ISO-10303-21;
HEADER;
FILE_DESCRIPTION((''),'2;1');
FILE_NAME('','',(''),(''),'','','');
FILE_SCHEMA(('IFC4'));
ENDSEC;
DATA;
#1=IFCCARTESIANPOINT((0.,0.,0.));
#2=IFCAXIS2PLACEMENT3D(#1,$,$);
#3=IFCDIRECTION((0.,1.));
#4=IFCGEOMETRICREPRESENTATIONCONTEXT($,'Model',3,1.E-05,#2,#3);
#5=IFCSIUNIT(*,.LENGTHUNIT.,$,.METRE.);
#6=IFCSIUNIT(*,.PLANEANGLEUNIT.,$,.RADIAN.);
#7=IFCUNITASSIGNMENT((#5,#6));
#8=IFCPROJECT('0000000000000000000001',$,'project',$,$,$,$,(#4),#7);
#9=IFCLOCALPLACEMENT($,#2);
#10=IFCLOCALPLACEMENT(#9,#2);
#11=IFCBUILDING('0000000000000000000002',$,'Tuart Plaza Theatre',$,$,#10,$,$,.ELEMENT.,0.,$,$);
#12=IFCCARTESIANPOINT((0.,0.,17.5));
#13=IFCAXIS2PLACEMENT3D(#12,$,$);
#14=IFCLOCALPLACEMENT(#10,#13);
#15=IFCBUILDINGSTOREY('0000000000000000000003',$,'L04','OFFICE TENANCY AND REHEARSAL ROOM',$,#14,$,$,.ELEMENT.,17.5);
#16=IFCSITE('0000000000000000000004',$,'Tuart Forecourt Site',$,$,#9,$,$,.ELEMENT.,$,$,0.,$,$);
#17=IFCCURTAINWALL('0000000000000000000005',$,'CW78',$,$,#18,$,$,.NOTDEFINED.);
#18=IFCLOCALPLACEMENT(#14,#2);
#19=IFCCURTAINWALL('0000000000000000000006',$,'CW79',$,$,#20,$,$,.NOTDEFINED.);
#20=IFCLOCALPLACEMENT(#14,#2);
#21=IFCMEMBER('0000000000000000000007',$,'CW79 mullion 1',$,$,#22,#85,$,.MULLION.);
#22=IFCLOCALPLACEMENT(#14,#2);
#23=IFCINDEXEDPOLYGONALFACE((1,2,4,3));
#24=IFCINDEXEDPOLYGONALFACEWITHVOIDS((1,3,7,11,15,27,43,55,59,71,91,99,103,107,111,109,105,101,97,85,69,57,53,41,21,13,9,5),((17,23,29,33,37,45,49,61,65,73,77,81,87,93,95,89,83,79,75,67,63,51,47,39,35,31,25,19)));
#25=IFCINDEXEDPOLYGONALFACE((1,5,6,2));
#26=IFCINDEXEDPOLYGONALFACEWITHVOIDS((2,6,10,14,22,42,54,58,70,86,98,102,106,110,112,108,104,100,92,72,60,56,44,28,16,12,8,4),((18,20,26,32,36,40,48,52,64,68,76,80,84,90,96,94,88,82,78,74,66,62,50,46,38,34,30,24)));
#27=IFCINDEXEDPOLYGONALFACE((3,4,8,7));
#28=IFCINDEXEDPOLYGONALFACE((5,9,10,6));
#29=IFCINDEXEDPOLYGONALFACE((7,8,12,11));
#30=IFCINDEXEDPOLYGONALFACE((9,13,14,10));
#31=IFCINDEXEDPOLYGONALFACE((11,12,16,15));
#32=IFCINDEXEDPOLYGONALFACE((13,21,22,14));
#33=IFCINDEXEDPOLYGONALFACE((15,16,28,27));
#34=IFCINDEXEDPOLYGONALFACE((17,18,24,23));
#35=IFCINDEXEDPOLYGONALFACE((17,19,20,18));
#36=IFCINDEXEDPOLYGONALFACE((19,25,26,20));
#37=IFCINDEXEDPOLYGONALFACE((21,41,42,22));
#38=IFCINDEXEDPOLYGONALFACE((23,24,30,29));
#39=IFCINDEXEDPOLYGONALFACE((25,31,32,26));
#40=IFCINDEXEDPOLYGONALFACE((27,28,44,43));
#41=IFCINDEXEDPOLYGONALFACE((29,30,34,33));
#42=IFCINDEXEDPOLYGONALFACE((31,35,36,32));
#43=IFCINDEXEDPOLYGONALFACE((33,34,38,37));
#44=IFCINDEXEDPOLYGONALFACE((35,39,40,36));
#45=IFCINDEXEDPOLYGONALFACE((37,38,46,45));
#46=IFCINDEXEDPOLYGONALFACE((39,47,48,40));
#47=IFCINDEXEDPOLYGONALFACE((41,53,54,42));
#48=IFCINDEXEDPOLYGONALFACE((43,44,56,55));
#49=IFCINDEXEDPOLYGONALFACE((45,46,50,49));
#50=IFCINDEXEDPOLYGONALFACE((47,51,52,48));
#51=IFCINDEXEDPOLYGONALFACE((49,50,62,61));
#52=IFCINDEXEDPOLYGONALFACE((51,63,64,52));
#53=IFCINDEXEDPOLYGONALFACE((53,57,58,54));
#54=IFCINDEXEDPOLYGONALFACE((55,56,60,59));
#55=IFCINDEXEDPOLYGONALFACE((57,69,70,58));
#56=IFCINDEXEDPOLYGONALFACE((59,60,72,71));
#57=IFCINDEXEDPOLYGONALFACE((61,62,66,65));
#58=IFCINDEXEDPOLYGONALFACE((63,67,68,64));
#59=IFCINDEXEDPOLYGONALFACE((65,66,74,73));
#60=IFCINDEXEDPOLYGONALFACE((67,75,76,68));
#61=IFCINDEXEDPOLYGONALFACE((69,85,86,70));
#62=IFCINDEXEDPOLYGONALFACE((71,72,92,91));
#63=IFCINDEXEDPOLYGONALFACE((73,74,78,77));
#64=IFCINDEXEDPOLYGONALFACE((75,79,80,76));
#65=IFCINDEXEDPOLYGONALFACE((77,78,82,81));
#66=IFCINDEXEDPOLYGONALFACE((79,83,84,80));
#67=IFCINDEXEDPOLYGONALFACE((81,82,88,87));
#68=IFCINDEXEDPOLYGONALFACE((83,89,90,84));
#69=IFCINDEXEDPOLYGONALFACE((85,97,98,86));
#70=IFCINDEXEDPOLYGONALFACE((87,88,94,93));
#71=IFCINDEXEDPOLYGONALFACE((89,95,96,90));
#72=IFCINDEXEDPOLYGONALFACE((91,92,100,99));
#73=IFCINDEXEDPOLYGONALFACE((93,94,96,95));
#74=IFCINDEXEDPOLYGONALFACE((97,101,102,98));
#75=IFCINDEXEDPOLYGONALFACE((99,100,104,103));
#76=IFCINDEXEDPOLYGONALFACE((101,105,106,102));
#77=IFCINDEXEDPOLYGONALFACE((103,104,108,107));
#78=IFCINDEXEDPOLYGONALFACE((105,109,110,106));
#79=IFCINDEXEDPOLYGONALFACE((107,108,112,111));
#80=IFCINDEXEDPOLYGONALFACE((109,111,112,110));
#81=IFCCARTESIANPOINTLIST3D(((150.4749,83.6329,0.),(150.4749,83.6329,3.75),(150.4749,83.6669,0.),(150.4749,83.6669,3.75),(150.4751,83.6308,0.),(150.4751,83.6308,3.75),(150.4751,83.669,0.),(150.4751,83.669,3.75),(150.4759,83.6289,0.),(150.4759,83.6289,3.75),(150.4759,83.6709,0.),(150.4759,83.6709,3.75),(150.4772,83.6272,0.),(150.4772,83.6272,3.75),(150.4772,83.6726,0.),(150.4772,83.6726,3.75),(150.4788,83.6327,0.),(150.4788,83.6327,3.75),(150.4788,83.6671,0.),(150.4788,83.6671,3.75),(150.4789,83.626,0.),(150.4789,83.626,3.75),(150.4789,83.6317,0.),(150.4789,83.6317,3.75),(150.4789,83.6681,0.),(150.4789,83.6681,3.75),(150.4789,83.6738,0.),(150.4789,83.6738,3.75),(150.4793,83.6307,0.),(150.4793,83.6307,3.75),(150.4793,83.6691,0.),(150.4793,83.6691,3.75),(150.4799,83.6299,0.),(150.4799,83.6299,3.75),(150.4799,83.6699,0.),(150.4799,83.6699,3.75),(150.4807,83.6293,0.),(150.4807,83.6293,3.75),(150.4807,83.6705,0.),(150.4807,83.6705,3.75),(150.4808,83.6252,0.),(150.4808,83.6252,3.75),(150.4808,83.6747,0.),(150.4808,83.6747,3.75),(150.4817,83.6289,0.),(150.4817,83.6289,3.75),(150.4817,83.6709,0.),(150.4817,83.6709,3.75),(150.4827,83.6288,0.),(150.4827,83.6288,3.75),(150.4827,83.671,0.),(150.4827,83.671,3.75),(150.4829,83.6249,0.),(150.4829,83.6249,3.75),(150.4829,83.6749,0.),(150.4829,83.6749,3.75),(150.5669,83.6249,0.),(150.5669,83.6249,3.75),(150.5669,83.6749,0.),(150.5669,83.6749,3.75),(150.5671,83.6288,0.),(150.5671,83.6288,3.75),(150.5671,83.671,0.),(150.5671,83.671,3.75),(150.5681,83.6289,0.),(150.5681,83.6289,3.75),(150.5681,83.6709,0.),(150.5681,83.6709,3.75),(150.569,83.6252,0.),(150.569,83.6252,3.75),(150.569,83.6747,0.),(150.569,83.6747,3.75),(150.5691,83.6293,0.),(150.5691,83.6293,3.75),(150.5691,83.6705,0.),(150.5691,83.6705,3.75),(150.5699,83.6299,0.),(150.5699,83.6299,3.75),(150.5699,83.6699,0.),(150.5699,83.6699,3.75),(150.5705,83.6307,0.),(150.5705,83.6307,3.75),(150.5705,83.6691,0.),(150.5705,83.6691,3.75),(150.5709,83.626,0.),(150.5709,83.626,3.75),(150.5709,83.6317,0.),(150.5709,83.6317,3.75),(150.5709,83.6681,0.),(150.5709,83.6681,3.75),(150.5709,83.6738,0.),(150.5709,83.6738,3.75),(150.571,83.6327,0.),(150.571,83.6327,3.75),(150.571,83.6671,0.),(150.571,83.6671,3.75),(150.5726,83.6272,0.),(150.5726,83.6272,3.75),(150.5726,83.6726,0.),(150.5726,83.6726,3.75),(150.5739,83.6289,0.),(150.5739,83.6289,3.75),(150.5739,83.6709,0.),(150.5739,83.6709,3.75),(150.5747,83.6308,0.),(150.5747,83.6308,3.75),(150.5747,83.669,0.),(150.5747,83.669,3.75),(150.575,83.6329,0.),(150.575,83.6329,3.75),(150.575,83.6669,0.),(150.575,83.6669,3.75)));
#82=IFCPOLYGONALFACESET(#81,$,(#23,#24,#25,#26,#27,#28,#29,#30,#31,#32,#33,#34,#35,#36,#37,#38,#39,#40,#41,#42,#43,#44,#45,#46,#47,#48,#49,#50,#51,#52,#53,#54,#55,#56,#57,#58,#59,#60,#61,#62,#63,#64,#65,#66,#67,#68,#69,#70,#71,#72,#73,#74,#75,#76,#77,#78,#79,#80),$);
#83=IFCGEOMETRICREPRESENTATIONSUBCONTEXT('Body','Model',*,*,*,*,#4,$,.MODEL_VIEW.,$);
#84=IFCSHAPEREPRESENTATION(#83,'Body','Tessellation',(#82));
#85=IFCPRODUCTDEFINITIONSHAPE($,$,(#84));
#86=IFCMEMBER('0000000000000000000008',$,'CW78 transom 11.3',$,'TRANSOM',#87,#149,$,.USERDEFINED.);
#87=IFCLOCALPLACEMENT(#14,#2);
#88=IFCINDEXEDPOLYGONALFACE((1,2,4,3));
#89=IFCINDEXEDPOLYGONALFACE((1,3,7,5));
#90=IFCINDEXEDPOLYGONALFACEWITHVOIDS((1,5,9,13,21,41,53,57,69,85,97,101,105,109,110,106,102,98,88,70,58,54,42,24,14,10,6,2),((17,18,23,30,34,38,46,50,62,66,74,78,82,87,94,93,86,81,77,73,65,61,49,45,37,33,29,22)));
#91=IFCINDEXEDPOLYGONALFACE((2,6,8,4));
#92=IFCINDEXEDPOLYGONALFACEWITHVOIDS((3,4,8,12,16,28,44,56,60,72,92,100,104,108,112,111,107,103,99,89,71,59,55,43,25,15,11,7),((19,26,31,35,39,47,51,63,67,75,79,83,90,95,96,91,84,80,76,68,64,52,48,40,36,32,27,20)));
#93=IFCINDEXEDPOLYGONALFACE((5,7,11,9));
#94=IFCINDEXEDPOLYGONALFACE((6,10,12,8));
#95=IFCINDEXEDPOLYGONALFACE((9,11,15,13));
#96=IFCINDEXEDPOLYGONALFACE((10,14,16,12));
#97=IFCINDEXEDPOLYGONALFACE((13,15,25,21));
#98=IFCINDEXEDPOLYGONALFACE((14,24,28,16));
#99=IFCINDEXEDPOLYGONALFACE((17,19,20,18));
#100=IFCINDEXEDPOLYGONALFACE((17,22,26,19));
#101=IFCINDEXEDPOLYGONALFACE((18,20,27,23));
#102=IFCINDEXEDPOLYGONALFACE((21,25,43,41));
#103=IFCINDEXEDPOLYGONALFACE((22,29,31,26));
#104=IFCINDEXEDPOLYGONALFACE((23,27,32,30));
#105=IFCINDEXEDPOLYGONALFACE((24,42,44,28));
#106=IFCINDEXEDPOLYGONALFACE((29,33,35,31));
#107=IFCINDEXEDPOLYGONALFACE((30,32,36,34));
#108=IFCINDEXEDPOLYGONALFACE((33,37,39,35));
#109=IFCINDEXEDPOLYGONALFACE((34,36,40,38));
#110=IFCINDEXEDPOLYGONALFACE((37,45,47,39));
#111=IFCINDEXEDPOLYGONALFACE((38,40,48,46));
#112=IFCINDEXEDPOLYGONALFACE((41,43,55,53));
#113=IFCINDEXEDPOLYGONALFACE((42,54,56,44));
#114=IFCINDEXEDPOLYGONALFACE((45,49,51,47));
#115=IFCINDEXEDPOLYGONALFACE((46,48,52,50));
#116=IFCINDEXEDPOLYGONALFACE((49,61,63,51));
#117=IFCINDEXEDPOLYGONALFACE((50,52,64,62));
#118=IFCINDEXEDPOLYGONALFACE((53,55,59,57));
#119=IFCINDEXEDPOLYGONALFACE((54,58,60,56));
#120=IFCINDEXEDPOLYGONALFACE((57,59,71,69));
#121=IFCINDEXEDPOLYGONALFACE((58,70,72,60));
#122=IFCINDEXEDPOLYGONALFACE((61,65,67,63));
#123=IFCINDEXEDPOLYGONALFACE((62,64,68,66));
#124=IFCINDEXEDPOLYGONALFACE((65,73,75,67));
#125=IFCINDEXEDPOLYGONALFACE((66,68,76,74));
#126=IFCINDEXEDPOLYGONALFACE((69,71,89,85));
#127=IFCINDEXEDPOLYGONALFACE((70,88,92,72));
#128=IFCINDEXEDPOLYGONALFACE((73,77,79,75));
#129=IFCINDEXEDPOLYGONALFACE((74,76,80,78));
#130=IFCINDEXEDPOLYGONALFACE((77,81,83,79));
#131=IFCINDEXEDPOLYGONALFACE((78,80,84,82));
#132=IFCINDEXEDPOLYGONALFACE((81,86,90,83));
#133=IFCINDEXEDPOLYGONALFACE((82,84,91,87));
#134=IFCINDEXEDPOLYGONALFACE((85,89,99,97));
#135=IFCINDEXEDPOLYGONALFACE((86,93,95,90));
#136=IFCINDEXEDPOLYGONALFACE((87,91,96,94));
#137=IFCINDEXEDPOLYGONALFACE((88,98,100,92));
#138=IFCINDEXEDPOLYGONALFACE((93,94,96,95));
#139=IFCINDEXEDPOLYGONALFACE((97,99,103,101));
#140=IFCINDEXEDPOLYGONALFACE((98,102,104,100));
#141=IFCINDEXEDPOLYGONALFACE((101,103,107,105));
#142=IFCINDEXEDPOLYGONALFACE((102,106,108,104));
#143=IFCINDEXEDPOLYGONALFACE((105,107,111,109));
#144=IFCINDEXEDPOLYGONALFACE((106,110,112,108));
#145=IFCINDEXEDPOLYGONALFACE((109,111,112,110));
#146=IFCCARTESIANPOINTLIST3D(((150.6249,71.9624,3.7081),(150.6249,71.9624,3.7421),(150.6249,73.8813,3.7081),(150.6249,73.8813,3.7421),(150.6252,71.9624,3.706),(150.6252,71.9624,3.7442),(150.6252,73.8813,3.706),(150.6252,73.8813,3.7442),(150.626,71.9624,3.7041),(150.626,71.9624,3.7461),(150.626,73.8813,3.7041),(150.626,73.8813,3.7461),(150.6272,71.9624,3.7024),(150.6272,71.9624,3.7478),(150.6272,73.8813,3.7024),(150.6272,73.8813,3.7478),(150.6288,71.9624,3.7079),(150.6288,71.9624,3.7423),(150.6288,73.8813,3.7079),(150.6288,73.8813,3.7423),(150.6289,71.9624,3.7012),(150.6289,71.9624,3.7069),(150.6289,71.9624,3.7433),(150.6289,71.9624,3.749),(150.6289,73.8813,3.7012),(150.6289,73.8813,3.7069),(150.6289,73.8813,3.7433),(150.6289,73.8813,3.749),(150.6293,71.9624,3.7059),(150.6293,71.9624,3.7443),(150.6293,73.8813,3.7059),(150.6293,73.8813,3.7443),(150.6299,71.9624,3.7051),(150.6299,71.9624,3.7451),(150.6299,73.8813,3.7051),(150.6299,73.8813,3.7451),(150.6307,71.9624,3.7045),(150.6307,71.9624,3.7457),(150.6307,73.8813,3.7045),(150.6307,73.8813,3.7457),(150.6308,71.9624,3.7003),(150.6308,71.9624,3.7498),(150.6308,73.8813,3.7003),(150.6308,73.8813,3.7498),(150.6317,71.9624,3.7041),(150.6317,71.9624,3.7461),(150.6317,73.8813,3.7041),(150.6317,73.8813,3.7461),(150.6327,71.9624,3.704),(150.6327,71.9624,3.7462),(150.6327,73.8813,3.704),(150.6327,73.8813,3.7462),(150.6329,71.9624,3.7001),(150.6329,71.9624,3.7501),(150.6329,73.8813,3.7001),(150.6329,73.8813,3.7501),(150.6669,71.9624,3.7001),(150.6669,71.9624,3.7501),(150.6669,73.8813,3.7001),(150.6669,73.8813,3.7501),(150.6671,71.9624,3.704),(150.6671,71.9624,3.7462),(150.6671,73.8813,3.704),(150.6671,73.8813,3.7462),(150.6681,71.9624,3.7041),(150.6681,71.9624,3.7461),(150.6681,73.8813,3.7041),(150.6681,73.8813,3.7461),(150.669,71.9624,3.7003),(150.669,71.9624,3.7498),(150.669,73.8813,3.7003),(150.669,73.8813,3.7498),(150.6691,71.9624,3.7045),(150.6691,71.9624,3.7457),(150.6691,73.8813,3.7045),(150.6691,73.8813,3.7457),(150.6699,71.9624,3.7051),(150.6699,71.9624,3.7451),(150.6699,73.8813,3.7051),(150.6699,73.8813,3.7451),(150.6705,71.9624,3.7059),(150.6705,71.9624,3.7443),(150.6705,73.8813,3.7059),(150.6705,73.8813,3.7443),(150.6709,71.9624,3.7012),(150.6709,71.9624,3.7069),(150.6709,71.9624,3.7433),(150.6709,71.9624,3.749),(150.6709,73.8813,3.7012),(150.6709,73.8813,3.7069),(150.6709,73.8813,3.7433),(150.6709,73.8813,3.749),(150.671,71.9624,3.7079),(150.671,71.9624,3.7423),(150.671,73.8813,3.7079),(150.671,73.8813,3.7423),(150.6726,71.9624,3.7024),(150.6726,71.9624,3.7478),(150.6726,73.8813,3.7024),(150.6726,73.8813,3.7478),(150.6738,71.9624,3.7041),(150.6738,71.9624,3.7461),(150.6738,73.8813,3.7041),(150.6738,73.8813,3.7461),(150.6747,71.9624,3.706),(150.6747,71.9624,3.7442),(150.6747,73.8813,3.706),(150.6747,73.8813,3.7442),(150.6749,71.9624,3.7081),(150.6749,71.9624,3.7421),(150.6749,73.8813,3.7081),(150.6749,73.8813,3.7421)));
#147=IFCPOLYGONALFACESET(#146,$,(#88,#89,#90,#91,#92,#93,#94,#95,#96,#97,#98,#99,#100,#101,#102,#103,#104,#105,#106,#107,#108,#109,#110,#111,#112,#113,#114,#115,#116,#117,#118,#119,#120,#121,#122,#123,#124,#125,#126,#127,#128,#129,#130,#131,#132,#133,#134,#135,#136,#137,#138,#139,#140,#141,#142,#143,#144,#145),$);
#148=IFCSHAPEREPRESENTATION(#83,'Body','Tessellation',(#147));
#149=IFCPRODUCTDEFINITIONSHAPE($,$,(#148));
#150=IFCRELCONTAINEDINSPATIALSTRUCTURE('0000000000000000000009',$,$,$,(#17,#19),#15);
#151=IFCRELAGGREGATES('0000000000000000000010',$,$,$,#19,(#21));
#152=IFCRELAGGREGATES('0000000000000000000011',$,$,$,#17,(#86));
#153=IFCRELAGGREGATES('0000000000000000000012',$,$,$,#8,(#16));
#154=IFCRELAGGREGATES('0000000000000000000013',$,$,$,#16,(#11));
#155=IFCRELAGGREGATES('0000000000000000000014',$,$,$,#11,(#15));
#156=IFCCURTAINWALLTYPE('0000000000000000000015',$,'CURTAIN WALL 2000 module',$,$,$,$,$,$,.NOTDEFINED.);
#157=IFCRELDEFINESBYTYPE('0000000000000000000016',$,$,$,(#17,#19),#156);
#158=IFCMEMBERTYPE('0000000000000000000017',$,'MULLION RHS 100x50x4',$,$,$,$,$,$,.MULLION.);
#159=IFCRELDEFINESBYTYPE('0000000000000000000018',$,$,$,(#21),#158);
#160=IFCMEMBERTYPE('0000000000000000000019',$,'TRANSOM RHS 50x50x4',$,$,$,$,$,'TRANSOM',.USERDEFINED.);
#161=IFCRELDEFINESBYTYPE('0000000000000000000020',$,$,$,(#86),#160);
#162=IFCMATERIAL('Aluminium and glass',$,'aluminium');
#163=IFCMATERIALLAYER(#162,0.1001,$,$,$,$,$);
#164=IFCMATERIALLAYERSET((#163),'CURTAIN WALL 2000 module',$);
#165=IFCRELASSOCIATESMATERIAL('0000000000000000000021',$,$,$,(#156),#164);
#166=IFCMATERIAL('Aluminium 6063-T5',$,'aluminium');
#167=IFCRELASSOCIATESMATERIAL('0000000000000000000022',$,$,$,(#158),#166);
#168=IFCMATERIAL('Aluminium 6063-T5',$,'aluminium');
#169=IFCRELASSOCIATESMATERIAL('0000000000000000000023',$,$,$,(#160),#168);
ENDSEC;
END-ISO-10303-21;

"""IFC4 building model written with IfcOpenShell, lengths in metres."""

from ifc_helpers import new_model, si_unit, direction, frame, origin, origin_2d, place, context, subcontext, project, spatial, hollow_rectangle, extrude, material, layer, layer_set, material_profile, profile_set, type_object, element, aggregate, save


model = new_model("IFC4")

# Units and contexts
model_context = context("Model", 3, precision=1e-05, world=origin(), true_north=direction((0.0, 1.0)))
body_context = subcontext(model_context, "Body", "Model", "MODEL_VIEW")
ifc_project = project(units=[si_unit("LENGTHUNIT", "METRE"), si_unit("PLANEANGLEUNIT", "RADIAN")], contexts=[model_context])

# Site, building, storey
site_placement = place(None, origin())
site = spatial("IfcSite", under=ifc_project, at=site_placement, Name="Tuart Forecourt Site", CompositionType="ELEMENT", RefElevation=0.0)
building_placement = place(site_placement, origin())
building = spatial("IfcBuilding", under=site, at=building_placement, Name="Tuart Plaza Theatre", CompositionType="ELEMENT", ElevationOfRefHeight=0.0)
storey_placement = place(building_placement, frame((0.0, 0.0, 17.5)))
storey = spatial("IfcBuildingStorey", under=building, at=storey_placement, Name="L04", Description="OFFICE TENANCY AND REHEARSAL ROOM", CompositionType="ELEMENT", Elevation=17.5)

# Curtain wall
ifc_material_1 = material(Name="Aluminium and glass", Category="aluminium")
ifc_layer_1 = layer(ifc_material_1, 0.1001)
ifc_layer_set_1 = layer_set([ifc_layer_1], Name="CURTAIN WALL 2000 module")
curtain_wall_type = type_object("IfcCurtainWallType", Name="CURTAIN WALL 2000 module", PredefinedType="NOTDEFINED", material=ifc_layer_set_1)
curtain_wall_1_placement = place(storey_placement, origin())
curtain_wall_1 = element("IfcCurtainWall", 1, at=curtain_wall_1_placement, inside=storey, type_object=curtain_wall_type, Name="CW78", PredefinedType="NOTDEFINED")
ifc_material_2 = material(Name="Aluminium 6063-T5", Category="aluminium")
ifc_material_profile_1 = material_profile(ifc_material_2, hollow_rectangle(XDim=0.05, YDim=0.1001, WallThickness=0.0039, InnerFilletRadius=0.0039, OuterFilletRadius=0.0081, at=origin_2d()), Name="RHS 100x50x4")
ifc_profile_set_1 = profile_set([ifc_material_profile_1], Name="Aluminium 6063-T5")
member_type_1 = type_object("IfcMemberType", Name="MULLION RHS 100x50x4", PredefinedType="MULLION", material=ifc_profile_set_1)

# Curtain wall, member
curtain_wall_2_placement = place(storey_placement, origin())
curtain_wall_2 = element("IfcCurtainWall", 2, at=curtain_wall_2_placement, inside=storey, type_object=curtain_wall_type, Name="CW79", PredefinedType="NOTDEFINED")
member_1_placement = place(storey_placement, frame((150.5249, 83.6499, 0.0), z_axis=(0.0, 0.0, 1.0), x_axis=(0.0, -1.0, 0.0)))
member_1 = element("IfcMember", 3, at=member_1_placement, type_object=member_type_1, Name="CW79 mullion 1", PredefinedType="MULLION", context=body_context, shape_type="SweptSolid", body=[
    extrude(hollow_rectangle(XDim=0.05, YDim=0.1001, WallThickness=0.0039, InnerFilletRadius=0.0039, OuterFilletRadius=0.0081, at=origin_2d()), origin(), (0.0, 0.0, 1.0), 3.75),
])
aggregate(curtain_wall_2, [member_1])

# Member
ifc_material_3 = material(Name="Aluminium 6063-T5", Category="aluminium")
ifc_material_profile_2 = material_profile(ifc_material_3, hollow_rectangle(XDim=0.05, YDim=0.05, WallThickness=0.0039, InnerFilletRadius=0.0039, OuterFilletRadius=0.0081, at=origin_2d()), Name="RHS 50x50x4")
ifc_profile_set_2 = profile_set([ifc_material_profile_2], Name="Aluminium 6063-T5")
member_type_2 = type_object("IfcMemberType", Name="TRANSOM RHS 50x50x4", ElementType="TRANSOM", PredefinedType="USERDEFINED", material=ifc_profile_set_2)
member_2_placement = place(storey_placement, frame((150.6499, 71.9624, 3.7251), z_axis=(0.0, 1.0, 0.0), x_axis=(-1.0, 0.0, 0.0)))
member_2 = element("IfcMember", 4, at=member_2_placement, type_object=member_type_2, Name="CW78 transom 11.3", ObjectType="TRANSOM", PredefinedType="USERDEFINED", context=body_context, shape_type="SweptSolid", body=[
    extrude(hollow_rectangle(XDim=0.05, YDim=0.05, WallThickness=0.0039, InnerFilletRadius=0.0039, OuterFilletRadius=0.0081, at=origin_2d()), origin(), (0.0, 0.0, 1.0), 1.9189),
])

aggregate(curtain_wall_1, [member_2])

save(model, "model.ifc")
